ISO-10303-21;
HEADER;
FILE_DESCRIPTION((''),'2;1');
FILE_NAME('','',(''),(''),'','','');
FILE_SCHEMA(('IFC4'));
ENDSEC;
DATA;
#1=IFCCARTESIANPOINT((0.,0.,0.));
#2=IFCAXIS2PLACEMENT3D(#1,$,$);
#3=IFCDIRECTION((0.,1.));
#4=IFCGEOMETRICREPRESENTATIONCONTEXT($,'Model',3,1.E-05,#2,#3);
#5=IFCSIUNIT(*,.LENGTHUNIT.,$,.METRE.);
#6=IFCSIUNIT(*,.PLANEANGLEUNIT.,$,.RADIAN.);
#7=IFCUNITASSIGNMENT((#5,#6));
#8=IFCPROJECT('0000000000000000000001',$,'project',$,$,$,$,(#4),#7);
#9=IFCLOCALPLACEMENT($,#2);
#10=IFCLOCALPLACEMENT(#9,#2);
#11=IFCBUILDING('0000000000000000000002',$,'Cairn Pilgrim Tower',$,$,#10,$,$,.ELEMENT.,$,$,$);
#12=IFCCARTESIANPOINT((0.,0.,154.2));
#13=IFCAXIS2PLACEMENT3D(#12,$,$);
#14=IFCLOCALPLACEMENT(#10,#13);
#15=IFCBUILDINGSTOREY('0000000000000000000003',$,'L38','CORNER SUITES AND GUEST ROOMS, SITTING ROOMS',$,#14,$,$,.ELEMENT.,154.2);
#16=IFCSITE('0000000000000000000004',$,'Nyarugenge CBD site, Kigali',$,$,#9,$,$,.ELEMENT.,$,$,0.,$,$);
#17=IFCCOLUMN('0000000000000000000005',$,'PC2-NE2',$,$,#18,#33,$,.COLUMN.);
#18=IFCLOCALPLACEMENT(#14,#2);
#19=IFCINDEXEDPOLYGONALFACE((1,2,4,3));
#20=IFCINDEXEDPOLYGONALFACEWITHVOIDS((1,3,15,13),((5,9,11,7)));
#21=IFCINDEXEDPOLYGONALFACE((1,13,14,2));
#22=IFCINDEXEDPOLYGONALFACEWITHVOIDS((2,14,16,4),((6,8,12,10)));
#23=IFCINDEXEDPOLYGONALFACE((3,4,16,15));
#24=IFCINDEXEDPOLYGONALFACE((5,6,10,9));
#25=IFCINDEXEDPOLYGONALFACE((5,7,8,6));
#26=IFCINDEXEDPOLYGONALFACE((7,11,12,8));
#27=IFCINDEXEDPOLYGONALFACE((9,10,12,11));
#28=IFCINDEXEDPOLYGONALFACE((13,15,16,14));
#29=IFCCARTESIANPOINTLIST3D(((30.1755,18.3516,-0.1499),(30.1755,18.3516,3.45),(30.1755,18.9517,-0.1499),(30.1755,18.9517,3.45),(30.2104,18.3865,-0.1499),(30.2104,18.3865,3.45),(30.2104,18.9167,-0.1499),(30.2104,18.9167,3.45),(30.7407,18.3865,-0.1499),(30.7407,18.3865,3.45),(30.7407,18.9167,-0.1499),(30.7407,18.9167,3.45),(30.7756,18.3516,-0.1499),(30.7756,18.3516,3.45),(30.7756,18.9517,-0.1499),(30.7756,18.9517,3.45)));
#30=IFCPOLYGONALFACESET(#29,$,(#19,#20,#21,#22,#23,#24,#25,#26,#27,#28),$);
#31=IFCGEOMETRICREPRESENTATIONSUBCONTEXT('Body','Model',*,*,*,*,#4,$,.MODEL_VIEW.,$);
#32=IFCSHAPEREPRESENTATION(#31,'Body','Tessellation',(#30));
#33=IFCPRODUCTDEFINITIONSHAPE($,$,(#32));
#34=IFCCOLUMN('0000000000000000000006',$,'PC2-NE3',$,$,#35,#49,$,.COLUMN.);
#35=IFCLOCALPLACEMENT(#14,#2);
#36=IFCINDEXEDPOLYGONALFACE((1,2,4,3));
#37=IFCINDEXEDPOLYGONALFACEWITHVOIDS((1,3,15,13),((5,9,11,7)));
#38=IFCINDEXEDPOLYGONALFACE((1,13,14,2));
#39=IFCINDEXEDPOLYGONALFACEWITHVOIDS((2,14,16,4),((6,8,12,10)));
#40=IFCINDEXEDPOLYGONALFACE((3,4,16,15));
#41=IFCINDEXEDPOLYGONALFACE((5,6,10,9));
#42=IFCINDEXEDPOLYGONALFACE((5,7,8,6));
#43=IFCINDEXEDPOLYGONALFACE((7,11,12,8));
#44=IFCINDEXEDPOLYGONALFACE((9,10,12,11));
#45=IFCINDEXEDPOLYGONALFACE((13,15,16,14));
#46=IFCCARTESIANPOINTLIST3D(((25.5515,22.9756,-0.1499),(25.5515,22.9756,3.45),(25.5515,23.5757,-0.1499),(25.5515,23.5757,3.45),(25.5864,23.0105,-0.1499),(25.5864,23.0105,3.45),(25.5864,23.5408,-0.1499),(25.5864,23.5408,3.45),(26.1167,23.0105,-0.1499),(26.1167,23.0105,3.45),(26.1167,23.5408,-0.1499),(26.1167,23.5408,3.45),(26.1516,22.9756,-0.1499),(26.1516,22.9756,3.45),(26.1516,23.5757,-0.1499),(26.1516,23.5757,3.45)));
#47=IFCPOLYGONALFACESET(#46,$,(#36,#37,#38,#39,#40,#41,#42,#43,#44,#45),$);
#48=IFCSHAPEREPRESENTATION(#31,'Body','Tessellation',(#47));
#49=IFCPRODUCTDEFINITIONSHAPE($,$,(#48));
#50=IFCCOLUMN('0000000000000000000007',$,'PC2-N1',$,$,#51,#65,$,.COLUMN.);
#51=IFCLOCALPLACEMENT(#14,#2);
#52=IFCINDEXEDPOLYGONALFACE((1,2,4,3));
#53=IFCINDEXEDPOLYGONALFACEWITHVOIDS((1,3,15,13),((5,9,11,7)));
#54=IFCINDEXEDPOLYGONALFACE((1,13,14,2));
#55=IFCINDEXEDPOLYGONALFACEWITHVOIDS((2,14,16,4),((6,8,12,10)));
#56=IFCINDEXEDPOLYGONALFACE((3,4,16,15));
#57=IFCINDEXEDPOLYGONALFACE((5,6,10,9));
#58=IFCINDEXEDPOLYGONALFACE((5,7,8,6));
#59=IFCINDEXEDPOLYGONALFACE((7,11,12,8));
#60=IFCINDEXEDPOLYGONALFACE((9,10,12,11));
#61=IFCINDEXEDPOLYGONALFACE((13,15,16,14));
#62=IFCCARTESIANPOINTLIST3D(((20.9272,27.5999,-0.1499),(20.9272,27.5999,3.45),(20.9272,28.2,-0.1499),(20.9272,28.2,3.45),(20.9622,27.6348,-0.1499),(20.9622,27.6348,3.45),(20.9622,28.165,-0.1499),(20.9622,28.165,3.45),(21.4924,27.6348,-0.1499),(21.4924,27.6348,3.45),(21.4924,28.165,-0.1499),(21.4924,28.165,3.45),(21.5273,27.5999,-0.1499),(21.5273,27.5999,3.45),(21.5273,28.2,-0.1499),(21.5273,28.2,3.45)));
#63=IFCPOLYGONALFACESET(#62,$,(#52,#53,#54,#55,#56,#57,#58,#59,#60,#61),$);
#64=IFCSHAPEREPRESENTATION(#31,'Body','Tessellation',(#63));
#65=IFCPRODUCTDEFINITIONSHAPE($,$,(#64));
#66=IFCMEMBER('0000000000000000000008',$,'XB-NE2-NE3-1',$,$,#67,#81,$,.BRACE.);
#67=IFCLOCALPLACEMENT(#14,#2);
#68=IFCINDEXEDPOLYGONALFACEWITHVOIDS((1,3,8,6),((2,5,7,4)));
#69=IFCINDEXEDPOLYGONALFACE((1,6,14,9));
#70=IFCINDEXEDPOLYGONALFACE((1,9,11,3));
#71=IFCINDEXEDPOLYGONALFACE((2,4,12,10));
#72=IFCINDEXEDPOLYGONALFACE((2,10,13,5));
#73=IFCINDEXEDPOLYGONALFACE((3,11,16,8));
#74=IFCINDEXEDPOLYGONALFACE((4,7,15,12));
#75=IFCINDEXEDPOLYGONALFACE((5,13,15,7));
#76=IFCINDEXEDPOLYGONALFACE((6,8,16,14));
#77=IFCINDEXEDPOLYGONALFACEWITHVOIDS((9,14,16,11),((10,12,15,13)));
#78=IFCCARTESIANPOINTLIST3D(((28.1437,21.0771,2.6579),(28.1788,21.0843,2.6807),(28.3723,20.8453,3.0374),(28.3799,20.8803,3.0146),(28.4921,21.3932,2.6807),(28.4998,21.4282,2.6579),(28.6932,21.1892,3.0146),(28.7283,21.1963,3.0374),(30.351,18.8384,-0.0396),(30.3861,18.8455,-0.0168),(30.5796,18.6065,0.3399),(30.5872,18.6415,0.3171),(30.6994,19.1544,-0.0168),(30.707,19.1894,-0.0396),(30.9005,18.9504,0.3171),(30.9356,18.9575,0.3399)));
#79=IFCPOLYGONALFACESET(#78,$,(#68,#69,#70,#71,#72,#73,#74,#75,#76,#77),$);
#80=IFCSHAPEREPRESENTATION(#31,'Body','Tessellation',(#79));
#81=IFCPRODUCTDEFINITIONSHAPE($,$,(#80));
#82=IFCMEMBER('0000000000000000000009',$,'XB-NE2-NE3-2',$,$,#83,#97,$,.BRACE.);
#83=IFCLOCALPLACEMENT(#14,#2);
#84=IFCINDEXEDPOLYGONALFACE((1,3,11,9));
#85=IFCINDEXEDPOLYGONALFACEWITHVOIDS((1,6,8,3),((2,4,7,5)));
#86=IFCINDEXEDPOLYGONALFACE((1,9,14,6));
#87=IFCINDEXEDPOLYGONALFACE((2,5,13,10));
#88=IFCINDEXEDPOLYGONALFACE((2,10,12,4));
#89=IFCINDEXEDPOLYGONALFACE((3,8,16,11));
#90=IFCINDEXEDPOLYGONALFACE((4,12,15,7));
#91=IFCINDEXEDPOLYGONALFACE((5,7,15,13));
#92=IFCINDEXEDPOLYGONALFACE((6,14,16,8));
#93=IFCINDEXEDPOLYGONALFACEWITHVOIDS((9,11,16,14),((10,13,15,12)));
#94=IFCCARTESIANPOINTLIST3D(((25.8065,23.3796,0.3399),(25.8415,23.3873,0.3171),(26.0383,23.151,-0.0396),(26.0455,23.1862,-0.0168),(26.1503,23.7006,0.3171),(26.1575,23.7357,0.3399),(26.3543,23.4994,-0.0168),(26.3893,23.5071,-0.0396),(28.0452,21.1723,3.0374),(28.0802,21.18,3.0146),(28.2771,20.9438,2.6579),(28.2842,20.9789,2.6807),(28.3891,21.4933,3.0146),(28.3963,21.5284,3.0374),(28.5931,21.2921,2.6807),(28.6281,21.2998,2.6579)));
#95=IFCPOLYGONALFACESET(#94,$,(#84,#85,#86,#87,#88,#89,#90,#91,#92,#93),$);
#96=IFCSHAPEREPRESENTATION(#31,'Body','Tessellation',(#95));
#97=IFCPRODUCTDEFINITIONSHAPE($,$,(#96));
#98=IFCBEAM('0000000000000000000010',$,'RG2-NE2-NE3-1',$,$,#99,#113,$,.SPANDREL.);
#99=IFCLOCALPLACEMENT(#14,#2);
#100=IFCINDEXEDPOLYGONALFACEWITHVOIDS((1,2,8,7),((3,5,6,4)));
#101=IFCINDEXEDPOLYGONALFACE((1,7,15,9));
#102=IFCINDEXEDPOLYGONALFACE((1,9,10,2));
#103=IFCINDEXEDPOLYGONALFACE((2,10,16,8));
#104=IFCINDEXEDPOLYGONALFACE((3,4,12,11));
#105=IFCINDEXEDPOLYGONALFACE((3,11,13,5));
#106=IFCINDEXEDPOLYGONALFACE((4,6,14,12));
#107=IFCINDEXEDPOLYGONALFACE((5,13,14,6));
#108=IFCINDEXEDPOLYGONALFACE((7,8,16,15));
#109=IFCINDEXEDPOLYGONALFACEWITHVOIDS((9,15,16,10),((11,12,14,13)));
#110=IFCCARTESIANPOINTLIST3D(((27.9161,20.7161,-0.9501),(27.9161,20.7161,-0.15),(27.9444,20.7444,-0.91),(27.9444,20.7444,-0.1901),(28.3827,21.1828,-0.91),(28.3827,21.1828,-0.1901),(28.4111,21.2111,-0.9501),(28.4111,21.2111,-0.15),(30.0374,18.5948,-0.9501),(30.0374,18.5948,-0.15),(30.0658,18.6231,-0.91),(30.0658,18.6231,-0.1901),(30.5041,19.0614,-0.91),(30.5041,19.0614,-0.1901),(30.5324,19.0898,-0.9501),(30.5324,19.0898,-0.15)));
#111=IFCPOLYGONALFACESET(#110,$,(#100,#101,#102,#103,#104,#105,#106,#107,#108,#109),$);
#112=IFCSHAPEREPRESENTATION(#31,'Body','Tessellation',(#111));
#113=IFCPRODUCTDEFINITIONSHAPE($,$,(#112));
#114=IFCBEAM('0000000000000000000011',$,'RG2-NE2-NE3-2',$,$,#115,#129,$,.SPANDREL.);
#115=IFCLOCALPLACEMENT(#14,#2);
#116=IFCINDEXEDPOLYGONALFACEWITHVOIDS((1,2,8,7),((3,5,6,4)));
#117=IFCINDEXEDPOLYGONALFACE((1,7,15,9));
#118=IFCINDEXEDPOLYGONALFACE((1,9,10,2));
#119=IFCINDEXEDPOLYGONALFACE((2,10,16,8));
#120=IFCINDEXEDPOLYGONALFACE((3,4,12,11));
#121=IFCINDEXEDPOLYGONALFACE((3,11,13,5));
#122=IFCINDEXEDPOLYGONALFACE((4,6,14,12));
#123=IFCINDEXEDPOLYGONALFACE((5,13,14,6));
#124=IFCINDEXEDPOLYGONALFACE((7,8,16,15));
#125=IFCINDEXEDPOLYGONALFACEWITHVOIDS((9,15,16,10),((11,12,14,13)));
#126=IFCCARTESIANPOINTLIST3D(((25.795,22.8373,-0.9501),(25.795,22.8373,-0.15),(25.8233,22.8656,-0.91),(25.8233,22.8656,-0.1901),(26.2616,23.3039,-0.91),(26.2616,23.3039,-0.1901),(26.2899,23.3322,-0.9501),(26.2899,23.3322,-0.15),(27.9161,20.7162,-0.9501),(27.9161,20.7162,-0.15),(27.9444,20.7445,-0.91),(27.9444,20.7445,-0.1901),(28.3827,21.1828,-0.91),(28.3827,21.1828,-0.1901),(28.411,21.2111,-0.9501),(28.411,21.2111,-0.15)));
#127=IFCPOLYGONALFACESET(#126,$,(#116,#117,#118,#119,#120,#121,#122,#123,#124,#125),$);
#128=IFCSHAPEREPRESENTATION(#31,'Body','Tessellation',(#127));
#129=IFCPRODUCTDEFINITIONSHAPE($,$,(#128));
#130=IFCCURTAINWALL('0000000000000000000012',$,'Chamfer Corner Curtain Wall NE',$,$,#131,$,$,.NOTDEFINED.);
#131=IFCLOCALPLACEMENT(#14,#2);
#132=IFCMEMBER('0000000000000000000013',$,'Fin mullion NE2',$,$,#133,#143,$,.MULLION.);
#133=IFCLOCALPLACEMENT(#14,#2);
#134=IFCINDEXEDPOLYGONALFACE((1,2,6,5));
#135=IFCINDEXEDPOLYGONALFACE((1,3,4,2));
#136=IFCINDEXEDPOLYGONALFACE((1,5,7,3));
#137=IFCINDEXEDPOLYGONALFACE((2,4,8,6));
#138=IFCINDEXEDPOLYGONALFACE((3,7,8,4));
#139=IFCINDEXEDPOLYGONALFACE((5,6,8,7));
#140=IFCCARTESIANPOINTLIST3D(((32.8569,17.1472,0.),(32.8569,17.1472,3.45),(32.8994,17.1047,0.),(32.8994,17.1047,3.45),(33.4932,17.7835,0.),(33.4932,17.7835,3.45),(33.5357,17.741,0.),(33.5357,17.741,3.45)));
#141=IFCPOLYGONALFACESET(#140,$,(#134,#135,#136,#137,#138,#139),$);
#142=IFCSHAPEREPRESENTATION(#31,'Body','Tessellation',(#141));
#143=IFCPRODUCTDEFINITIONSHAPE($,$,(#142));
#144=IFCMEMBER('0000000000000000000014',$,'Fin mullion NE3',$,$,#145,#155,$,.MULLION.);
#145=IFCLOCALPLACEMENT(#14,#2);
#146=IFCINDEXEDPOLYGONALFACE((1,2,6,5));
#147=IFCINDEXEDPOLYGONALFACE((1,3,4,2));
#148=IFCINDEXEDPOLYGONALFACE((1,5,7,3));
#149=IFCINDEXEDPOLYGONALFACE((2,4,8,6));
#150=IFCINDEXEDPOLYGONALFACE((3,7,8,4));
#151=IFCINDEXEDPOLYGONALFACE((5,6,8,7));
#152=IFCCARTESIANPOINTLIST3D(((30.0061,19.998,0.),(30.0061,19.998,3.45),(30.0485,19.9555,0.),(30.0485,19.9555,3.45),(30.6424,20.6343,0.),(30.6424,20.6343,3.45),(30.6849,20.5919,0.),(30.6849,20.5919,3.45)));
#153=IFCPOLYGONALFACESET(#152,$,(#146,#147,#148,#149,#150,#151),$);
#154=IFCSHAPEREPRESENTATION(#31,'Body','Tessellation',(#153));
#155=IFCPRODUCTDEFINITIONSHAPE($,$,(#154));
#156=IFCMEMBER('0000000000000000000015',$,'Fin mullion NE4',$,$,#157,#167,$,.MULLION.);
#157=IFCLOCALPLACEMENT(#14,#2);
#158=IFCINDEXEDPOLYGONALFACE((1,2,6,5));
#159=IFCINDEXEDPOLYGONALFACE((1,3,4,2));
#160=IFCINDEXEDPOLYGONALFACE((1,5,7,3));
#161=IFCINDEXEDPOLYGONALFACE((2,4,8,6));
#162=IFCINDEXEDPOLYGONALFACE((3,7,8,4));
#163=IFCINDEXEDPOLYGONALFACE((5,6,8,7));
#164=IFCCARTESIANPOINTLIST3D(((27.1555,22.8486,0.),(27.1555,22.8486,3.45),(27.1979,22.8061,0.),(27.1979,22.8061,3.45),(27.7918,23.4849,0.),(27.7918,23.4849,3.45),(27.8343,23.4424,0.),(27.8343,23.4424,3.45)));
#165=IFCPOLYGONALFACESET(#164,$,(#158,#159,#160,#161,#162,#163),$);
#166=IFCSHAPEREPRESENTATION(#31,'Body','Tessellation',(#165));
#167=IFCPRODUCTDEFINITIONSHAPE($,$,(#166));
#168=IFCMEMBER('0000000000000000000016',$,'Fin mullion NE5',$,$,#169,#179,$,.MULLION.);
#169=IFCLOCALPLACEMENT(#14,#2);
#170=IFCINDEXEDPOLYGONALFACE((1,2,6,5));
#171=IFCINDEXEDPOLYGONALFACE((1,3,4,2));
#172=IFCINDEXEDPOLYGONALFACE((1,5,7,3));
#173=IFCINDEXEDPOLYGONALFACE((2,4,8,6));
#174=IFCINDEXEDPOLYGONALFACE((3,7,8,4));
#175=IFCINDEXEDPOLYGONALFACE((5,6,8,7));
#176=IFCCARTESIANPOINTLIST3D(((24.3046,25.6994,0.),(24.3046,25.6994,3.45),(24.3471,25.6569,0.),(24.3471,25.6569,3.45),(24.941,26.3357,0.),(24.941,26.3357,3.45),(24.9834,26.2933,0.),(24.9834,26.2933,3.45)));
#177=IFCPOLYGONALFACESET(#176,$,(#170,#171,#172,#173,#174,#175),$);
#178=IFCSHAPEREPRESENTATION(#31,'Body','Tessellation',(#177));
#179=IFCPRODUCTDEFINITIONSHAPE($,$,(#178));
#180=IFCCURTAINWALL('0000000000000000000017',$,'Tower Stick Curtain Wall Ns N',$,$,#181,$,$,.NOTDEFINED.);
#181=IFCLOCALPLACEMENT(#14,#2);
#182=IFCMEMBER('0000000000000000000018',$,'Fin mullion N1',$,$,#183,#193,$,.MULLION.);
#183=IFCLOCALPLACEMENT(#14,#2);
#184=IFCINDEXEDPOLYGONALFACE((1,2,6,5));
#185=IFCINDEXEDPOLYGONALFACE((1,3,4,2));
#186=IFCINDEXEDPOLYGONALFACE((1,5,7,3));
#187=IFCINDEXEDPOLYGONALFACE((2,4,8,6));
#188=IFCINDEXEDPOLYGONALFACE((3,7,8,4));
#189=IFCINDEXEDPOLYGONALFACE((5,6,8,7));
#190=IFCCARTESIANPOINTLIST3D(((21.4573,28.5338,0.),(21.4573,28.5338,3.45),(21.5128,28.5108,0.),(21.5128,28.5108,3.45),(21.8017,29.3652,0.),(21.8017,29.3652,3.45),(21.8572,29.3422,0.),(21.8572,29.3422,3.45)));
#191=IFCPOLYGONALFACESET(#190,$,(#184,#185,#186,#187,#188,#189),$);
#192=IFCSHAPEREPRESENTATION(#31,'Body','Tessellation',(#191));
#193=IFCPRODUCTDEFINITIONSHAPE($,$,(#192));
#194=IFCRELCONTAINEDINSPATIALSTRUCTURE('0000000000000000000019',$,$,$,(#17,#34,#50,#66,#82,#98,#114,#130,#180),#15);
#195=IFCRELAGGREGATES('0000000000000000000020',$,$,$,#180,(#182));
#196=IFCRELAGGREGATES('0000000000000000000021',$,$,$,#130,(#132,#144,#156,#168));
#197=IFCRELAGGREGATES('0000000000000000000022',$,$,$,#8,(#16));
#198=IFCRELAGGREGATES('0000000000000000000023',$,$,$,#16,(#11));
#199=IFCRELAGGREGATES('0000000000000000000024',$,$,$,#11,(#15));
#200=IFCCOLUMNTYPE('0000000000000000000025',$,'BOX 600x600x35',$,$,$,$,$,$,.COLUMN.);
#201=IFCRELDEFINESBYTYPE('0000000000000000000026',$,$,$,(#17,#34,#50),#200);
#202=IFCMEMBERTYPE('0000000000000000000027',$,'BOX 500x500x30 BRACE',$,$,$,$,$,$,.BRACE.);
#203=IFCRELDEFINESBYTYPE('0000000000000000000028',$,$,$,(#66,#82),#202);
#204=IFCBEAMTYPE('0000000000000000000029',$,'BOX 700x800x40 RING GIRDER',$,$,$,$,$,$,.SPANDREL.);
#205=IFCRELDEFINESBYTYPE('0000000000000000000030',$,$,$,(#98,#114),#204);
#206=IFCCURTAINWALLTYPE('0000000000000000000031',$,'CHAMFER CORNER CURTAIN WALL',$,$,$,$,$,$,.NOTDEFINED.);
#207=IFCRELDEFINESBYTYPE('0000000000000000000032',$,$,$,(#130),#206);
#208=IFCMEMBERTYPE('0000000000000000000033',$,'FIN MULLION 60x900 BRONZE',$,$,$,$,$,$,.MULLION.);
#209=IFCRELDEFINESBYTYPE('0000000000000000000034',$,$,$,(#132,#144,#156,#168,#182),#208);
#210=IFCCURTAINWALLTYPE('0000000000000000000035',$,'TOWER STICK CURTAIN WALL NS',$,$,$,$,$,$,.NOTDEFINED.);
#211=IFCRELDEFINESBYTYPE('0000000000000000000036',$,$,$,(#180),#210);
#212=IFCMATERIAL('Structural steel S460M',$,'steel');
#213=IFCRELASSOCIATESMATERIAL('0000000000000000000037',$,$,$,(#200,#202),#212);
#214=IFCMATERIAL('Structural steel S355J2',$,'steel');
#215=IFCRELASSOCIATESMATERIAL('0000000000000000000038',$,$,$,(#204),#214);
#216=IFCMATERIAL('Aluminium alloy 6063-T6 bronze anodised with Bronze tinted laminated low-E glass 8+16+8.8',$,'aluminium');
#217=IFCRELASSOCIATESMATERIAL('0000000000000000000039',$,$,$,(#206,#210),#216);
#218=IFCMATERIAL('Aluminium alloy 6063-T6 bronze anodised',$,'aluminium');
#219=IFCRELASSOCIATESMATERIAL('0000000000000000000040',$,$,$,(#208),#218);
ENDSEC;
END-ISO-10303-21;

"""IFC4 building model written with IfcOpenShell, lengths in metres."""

from ifc_helpers import new_model, si_unit, direction, frame, origin, origin_2d, place, context, subcontext, project, spatial, rectangle, hollow_rectangle, extrude, material, material_profile, profile_set, type_object, element, aggregate, save


model = new_model("IFC4")

# Units and contexts
model_context = context("Model", 3, precision=1e-05, world=origin(), true_north=direction((0.0, 1.0)))
body_context = subcontext(model_context, "Body", "Model", "MODEL_VIEW")
ifc_project = project(units=[si_unit("LENGTHUNIT", "METRE"), si_unit("PLANEANGLEUNIT", "RADIAN")], contexts=[model_context])

# Site, building, storey
site_placement = place(None, origin())
site = spatial("IfcSite", under=ifc_project, at=site_placement, Name="Nyarugenge CBD site, Kigali", CompositionType="ELEMENT", RefElevation=0.0)
building_placement = place(site_placement, origin())
building = spatial("IfcBuilding", under=site, at=building_placement, Name="Cairn Pilgrim Tower", CompositionType="ELEMENT")
storey_placement = place(building_placement, frame((0.0, 0.0, 154.2)))
storey = spatial("IfcBuildingStorey", under=building, at=storey_placement, Name="L38", Description="CORNER SUITES AND GUEST ROOMS, SITTING ROOMS", CompositionType="ELEMENT", Elevation=154.2)

# Columns
ifc_material_1 = material(Name="Structural steel S460M", Category="steel")
ifc_material_profile_1 = material_profile(ifc_material_1, hollow_rectangle(XDim=0.6001, YDim=0.6001, WallThickness=0.0349, at=origin_2d()), Name="BOX 600x600x35")
ifc_profile_set_1 = profile_set([ifc_material_profile_1], Name="Structural steel S460M")
column_type = type_object("IfcColumnType", Name="BOX 600x600x35", PredefinedType="COLUMN", material=ifc_profile_set_1)
for number, where, z_axis, x_axis, name in (
    (1, (30.4756, 18.6516, -0.1499), (0.0, 0.0, 1.0), (1.0, 0.0, 0.0), "PC2-NE2"),
    (2, (25.8516, 23.2756, -0.1499), (0.0, 0.0, 1.0), (1.0, 0.0, 0.0), "PC2-NE3"),
    (3, (21.2273, 27.8999, -0.1499), (0.0, 0.0, 1.0), (1.0, 0.0, 0.0), "PC2-N1"),
):
    element("IfcColumn", number, at=place(storey_placement, frame(where, z_axis=z_axis, x_axis=x_axis)), inside=storey, type_object=column_type, Name=name, PredefinedType="COLUMN", context=body_context, shape_type="SweptSolid", body=[
        extrude(hollow_rectangle(XDim=0.6001, YDim=0.6001, WallThickness=0.0349, at=origin_2d()), origin(), (0.0, 0.0, 1.0), 3.5999),
    ])

# Members
ifc_material_profile_2 = material_profile(ifc_material_1, hollow_rectangle(XDim=0.5, YDim=0.5, WallThickness=0.03, at=origin_2d()), Name="BOX 500x500x30")
ifc_profile_set_2 = profile_set([ifc_material_profile_2], Name="Structural steel S460M")
member_type_1 = type_object("IfcMemberType", Name="BOX 500x500x30 BRACE", PredefinedType="BRACE", material=ifc_profile_set_2)
for number, where, z_axis, x_axis, name in (
    (4, (30.6433, 18.8979, 0.1501), (-0.53283, 0.540433, 0.651171), (-0.712098, -0.70208, 0.0), "XB-NE2-NE3-1"),
    (5, (26.0979, 23.4434, 0.1501), (0.540433, -0.53283, 0.651171), (0.70208, 0.712098, 0.0), "XB-NE2-NE3-2"),
):
    element("IfcMember", number, at=place(storey_placement, frame(where, z_axis=z_axis, x_axis=x_axis)), inside=storey, type_object=member_type_1, Name=name, PredefinedType="BRACE", context=body_context, shape_type="SweptSolid", body=[
        extrude(hollow_rectangle(XDim=0.5, YDim=0.5, WallThickness=0.03, at=origin_2d()), origin(), (0.0, 0.0, 1.0), 4.1426),
    ])

# Beams
ifc_material_2 = material(Name="Structural steel S355J2", Category="steel")
ifc_material_profile_3 = material_profile(ifc_material_2, hollow_rectangle(XDim=0.7, YDim=0.8, WallThickness=0.04, at=origin_2d()), Name="BOX 700x800x40")
ifc_profile_set_3 = profile_set([ifc_material_profile_3], Name="Structural steel S355J2")
beam_type_1 = type_object("IfcBeamType", Name="BOX 700x800x40 RING GIRDER", PredefinedType="SPANDREL", material=ifc_profile_set_3)
beam_1_placement = place(storey_placement, frame((30.2849, 18.8423, -0.55), z_axis=(-0.707107, 0.707107, 0.0), x_axis=(-0.707107, -0.707107, 0.0)))
element("IfcBeam", 6, at=beam_1_placement, inside=storey, type_object=beam_type_1, Name="RG2-NE2-NE3-1", PredefinedType="SPANDREL", context=body_context, shape_type="SweptSolid", body=[
    extrude(hollow_rectangle(XDim=0.7, YDim=0.8, WallThickness=0.04, at=origin_2d()), origin(), (0.0, 0.0, 1.0), 3.0),
])
beam_2_placement = place(storey_placement, frame((28.1636, 20.9636, -0.55), z_axis=(-0.707107, 0.707107, 0.0), x_axis=(-0.707107, -0.707107, 0.0)))
element("IfcBeam", 7, at=beam_2_placement, inside=storey, type_object=beam_type_1, Name="RG2-NE2-NE3-2", PredefinedType="SPANDREL", context=body_context, shape_type="SweptSolid", body=[
    extrude(hollow_rectangle(XDim=0.7, YDim=0.8, WallThickness=0.04, at=origin_2d()), origin(), (0.0, 0.0, 1.0), 2.9998),
])

# Curtain wall, members
ifc_material_3 = material(Name="Aluminium alloy 6063-T6 bronze anodised with Bronze tinted laminated low-E glass 8+16+8.8", Category="aluminium")
curtain_wall_type_1 = type_object("IfcCurtainWallType", Name="CHAMFER CORNER CURTAIN WALL", PredefinedType="NOTDEFINED", material=ifc_material_3)
curtain_wall_1_placement = place(storey_placement, origin())
curtain_wall_1 = element("IfcCurtainWall", 8, at=curtain_wall_1_placement, inside=storey, type_object=curtain_wall_type_1, Name="Chamfer Corner Curtain Wall NE", PredefinedType="NOTDEFINED")
ifc_material_4 = material(Name="Aluminium alloy 6063-T6 bronze anodised", Category="aluminium")
ifc_material_profile_4 = material_profile(ifc_material_4, rectangle(XDim=0.8999, YDim=0.0601, at=origin_2d()), Name="FIN MULLION 60x900 BRONZE")
ifc_profile_set_4 = profile_set([ifc_material_profile_4], Name="Aluminium alloy 6063-T6 bronze anodised")
member_type_2 = type_object("IfcMemberType", Name="FIN MULLION 60x900 BRONZE", PredefinedType="MULLION", material=ifc_profile_set_4)
member_1_placement = place(storey_placement, frame((33.1963, 17.4441, 0.0), z_axis=(0.0, 0.0, 1.0), x_axis=(0.707107, 0.707107, 0.0)))
member_1 = element("IfcMember", 9, at=member_1_placement, type_object=member_type_2, Name="Fin mullion NE2", PredefinedType="MULLION", context=body_context, shape_type="SweptSolid", body=[
    extrude(rectangle(XDim=0.8999, YDim=0.0601, at=origin_2d()), origin(), (0.0, 0.0, 1.0), 3.45),
])
member_2_placement = place(storey_placement, frame((30.3455, 20.2949, 0.0), z_axis=(0.0, 0.0, 1.0), x_axis=(0.707107, 0.707107, 0.0)))
member_2 = element("IfcMember", 10, at=member_2_placement, type_object=member_type_2, Name="Fin mullion NE3", PredefinedType="MULLION", context=body_context, shape_type="SweptSolid", body=[
    extrude(rectangle(XDim=0.8999, YDim=0.0601, at=origin_2d()), origin(), (0.0, 0.0, 1.0), 3.45),
])
member_3_placement = place(storey_placement, frame((27.4949, 23.1455, 0.0), z_axis=(0.0, 0.0, 1.0), x_axis=(0.707107, 0.707107, 0.0)))
member_3 = element("IfcMember", 11, at=member_3_placement, type_object=member_type_2, Name="Fin mullion NE4", PredefinedType="MULLION", context=body_context, shape_type="SweptSolid", body=[
    extrude(rectangle(XDim=0.8999, YDim=0.0601, at=origin_2d()), origin(), (0.0, 0.0, 1.0), 3.45),
])
member_4_placement = place(storey_placement, frame((24.644, 25.9963, 0.0), z_axis=(0.0, 0.0, 1.0), x_axis=(0.707107, 0.707107, 0.0)))
member_4 = element("IfcMember", 12, at=member_4_placement, type_object=member_type_2, Name="Fin mullion NE5", PredefinedType="MULLION", context=body_context, shape_type="SweptSolid", body=[
    extrude(rectangle(XDim=0.8999, YDim=0.0601, at=origin_2d()), origin(), (0.0, 0.0, 1.0), 3.45),
])

# Curtain wall, member
curtain_wall_type_2 = type_object("IfcCurtainWallType", Name="TOWER STICK CURTAIN WALL NS", PredefinedType="NOTDEFINED", material=ifc_material_3)
curtain_wall_2_placement = place(storey_placement, origin())
curtain_wall_2 = element("IfcCurtainWall", 13, at=curtain_wall_2_placement, inside=storey, type_object=curtain_wall_type_2, Name="Tower Stick Curtain Wall Ns N", PredefinedType="NOTDEFINED")
member_5_placement = place(storey_placement, frame((21.6572, 28.938, 0.0), z_axis=(0.0, 0.0, 1.0), x_axis=(0.382683, 0.92388, 0.0)))
member_5 = element("IfcMember", 14, at=member_5_placement, type_object=member_type_2, Name="Fin mullion N1", PredefinedType="MULLION", context=body_context, shape_type="SweptSolid", body=[
    extrude(rectangle(XDim=0.8999, YDim=0.0601, at=origin_2d()), origin(), (0.0, 0.0, 1.0), 3.45),
])
aggregate(curtain_wall_2, [member_5])

aggregate(curtain_wall_1, [member_1, member_2, member_3, member_4])

save(model, "model.ifc")
